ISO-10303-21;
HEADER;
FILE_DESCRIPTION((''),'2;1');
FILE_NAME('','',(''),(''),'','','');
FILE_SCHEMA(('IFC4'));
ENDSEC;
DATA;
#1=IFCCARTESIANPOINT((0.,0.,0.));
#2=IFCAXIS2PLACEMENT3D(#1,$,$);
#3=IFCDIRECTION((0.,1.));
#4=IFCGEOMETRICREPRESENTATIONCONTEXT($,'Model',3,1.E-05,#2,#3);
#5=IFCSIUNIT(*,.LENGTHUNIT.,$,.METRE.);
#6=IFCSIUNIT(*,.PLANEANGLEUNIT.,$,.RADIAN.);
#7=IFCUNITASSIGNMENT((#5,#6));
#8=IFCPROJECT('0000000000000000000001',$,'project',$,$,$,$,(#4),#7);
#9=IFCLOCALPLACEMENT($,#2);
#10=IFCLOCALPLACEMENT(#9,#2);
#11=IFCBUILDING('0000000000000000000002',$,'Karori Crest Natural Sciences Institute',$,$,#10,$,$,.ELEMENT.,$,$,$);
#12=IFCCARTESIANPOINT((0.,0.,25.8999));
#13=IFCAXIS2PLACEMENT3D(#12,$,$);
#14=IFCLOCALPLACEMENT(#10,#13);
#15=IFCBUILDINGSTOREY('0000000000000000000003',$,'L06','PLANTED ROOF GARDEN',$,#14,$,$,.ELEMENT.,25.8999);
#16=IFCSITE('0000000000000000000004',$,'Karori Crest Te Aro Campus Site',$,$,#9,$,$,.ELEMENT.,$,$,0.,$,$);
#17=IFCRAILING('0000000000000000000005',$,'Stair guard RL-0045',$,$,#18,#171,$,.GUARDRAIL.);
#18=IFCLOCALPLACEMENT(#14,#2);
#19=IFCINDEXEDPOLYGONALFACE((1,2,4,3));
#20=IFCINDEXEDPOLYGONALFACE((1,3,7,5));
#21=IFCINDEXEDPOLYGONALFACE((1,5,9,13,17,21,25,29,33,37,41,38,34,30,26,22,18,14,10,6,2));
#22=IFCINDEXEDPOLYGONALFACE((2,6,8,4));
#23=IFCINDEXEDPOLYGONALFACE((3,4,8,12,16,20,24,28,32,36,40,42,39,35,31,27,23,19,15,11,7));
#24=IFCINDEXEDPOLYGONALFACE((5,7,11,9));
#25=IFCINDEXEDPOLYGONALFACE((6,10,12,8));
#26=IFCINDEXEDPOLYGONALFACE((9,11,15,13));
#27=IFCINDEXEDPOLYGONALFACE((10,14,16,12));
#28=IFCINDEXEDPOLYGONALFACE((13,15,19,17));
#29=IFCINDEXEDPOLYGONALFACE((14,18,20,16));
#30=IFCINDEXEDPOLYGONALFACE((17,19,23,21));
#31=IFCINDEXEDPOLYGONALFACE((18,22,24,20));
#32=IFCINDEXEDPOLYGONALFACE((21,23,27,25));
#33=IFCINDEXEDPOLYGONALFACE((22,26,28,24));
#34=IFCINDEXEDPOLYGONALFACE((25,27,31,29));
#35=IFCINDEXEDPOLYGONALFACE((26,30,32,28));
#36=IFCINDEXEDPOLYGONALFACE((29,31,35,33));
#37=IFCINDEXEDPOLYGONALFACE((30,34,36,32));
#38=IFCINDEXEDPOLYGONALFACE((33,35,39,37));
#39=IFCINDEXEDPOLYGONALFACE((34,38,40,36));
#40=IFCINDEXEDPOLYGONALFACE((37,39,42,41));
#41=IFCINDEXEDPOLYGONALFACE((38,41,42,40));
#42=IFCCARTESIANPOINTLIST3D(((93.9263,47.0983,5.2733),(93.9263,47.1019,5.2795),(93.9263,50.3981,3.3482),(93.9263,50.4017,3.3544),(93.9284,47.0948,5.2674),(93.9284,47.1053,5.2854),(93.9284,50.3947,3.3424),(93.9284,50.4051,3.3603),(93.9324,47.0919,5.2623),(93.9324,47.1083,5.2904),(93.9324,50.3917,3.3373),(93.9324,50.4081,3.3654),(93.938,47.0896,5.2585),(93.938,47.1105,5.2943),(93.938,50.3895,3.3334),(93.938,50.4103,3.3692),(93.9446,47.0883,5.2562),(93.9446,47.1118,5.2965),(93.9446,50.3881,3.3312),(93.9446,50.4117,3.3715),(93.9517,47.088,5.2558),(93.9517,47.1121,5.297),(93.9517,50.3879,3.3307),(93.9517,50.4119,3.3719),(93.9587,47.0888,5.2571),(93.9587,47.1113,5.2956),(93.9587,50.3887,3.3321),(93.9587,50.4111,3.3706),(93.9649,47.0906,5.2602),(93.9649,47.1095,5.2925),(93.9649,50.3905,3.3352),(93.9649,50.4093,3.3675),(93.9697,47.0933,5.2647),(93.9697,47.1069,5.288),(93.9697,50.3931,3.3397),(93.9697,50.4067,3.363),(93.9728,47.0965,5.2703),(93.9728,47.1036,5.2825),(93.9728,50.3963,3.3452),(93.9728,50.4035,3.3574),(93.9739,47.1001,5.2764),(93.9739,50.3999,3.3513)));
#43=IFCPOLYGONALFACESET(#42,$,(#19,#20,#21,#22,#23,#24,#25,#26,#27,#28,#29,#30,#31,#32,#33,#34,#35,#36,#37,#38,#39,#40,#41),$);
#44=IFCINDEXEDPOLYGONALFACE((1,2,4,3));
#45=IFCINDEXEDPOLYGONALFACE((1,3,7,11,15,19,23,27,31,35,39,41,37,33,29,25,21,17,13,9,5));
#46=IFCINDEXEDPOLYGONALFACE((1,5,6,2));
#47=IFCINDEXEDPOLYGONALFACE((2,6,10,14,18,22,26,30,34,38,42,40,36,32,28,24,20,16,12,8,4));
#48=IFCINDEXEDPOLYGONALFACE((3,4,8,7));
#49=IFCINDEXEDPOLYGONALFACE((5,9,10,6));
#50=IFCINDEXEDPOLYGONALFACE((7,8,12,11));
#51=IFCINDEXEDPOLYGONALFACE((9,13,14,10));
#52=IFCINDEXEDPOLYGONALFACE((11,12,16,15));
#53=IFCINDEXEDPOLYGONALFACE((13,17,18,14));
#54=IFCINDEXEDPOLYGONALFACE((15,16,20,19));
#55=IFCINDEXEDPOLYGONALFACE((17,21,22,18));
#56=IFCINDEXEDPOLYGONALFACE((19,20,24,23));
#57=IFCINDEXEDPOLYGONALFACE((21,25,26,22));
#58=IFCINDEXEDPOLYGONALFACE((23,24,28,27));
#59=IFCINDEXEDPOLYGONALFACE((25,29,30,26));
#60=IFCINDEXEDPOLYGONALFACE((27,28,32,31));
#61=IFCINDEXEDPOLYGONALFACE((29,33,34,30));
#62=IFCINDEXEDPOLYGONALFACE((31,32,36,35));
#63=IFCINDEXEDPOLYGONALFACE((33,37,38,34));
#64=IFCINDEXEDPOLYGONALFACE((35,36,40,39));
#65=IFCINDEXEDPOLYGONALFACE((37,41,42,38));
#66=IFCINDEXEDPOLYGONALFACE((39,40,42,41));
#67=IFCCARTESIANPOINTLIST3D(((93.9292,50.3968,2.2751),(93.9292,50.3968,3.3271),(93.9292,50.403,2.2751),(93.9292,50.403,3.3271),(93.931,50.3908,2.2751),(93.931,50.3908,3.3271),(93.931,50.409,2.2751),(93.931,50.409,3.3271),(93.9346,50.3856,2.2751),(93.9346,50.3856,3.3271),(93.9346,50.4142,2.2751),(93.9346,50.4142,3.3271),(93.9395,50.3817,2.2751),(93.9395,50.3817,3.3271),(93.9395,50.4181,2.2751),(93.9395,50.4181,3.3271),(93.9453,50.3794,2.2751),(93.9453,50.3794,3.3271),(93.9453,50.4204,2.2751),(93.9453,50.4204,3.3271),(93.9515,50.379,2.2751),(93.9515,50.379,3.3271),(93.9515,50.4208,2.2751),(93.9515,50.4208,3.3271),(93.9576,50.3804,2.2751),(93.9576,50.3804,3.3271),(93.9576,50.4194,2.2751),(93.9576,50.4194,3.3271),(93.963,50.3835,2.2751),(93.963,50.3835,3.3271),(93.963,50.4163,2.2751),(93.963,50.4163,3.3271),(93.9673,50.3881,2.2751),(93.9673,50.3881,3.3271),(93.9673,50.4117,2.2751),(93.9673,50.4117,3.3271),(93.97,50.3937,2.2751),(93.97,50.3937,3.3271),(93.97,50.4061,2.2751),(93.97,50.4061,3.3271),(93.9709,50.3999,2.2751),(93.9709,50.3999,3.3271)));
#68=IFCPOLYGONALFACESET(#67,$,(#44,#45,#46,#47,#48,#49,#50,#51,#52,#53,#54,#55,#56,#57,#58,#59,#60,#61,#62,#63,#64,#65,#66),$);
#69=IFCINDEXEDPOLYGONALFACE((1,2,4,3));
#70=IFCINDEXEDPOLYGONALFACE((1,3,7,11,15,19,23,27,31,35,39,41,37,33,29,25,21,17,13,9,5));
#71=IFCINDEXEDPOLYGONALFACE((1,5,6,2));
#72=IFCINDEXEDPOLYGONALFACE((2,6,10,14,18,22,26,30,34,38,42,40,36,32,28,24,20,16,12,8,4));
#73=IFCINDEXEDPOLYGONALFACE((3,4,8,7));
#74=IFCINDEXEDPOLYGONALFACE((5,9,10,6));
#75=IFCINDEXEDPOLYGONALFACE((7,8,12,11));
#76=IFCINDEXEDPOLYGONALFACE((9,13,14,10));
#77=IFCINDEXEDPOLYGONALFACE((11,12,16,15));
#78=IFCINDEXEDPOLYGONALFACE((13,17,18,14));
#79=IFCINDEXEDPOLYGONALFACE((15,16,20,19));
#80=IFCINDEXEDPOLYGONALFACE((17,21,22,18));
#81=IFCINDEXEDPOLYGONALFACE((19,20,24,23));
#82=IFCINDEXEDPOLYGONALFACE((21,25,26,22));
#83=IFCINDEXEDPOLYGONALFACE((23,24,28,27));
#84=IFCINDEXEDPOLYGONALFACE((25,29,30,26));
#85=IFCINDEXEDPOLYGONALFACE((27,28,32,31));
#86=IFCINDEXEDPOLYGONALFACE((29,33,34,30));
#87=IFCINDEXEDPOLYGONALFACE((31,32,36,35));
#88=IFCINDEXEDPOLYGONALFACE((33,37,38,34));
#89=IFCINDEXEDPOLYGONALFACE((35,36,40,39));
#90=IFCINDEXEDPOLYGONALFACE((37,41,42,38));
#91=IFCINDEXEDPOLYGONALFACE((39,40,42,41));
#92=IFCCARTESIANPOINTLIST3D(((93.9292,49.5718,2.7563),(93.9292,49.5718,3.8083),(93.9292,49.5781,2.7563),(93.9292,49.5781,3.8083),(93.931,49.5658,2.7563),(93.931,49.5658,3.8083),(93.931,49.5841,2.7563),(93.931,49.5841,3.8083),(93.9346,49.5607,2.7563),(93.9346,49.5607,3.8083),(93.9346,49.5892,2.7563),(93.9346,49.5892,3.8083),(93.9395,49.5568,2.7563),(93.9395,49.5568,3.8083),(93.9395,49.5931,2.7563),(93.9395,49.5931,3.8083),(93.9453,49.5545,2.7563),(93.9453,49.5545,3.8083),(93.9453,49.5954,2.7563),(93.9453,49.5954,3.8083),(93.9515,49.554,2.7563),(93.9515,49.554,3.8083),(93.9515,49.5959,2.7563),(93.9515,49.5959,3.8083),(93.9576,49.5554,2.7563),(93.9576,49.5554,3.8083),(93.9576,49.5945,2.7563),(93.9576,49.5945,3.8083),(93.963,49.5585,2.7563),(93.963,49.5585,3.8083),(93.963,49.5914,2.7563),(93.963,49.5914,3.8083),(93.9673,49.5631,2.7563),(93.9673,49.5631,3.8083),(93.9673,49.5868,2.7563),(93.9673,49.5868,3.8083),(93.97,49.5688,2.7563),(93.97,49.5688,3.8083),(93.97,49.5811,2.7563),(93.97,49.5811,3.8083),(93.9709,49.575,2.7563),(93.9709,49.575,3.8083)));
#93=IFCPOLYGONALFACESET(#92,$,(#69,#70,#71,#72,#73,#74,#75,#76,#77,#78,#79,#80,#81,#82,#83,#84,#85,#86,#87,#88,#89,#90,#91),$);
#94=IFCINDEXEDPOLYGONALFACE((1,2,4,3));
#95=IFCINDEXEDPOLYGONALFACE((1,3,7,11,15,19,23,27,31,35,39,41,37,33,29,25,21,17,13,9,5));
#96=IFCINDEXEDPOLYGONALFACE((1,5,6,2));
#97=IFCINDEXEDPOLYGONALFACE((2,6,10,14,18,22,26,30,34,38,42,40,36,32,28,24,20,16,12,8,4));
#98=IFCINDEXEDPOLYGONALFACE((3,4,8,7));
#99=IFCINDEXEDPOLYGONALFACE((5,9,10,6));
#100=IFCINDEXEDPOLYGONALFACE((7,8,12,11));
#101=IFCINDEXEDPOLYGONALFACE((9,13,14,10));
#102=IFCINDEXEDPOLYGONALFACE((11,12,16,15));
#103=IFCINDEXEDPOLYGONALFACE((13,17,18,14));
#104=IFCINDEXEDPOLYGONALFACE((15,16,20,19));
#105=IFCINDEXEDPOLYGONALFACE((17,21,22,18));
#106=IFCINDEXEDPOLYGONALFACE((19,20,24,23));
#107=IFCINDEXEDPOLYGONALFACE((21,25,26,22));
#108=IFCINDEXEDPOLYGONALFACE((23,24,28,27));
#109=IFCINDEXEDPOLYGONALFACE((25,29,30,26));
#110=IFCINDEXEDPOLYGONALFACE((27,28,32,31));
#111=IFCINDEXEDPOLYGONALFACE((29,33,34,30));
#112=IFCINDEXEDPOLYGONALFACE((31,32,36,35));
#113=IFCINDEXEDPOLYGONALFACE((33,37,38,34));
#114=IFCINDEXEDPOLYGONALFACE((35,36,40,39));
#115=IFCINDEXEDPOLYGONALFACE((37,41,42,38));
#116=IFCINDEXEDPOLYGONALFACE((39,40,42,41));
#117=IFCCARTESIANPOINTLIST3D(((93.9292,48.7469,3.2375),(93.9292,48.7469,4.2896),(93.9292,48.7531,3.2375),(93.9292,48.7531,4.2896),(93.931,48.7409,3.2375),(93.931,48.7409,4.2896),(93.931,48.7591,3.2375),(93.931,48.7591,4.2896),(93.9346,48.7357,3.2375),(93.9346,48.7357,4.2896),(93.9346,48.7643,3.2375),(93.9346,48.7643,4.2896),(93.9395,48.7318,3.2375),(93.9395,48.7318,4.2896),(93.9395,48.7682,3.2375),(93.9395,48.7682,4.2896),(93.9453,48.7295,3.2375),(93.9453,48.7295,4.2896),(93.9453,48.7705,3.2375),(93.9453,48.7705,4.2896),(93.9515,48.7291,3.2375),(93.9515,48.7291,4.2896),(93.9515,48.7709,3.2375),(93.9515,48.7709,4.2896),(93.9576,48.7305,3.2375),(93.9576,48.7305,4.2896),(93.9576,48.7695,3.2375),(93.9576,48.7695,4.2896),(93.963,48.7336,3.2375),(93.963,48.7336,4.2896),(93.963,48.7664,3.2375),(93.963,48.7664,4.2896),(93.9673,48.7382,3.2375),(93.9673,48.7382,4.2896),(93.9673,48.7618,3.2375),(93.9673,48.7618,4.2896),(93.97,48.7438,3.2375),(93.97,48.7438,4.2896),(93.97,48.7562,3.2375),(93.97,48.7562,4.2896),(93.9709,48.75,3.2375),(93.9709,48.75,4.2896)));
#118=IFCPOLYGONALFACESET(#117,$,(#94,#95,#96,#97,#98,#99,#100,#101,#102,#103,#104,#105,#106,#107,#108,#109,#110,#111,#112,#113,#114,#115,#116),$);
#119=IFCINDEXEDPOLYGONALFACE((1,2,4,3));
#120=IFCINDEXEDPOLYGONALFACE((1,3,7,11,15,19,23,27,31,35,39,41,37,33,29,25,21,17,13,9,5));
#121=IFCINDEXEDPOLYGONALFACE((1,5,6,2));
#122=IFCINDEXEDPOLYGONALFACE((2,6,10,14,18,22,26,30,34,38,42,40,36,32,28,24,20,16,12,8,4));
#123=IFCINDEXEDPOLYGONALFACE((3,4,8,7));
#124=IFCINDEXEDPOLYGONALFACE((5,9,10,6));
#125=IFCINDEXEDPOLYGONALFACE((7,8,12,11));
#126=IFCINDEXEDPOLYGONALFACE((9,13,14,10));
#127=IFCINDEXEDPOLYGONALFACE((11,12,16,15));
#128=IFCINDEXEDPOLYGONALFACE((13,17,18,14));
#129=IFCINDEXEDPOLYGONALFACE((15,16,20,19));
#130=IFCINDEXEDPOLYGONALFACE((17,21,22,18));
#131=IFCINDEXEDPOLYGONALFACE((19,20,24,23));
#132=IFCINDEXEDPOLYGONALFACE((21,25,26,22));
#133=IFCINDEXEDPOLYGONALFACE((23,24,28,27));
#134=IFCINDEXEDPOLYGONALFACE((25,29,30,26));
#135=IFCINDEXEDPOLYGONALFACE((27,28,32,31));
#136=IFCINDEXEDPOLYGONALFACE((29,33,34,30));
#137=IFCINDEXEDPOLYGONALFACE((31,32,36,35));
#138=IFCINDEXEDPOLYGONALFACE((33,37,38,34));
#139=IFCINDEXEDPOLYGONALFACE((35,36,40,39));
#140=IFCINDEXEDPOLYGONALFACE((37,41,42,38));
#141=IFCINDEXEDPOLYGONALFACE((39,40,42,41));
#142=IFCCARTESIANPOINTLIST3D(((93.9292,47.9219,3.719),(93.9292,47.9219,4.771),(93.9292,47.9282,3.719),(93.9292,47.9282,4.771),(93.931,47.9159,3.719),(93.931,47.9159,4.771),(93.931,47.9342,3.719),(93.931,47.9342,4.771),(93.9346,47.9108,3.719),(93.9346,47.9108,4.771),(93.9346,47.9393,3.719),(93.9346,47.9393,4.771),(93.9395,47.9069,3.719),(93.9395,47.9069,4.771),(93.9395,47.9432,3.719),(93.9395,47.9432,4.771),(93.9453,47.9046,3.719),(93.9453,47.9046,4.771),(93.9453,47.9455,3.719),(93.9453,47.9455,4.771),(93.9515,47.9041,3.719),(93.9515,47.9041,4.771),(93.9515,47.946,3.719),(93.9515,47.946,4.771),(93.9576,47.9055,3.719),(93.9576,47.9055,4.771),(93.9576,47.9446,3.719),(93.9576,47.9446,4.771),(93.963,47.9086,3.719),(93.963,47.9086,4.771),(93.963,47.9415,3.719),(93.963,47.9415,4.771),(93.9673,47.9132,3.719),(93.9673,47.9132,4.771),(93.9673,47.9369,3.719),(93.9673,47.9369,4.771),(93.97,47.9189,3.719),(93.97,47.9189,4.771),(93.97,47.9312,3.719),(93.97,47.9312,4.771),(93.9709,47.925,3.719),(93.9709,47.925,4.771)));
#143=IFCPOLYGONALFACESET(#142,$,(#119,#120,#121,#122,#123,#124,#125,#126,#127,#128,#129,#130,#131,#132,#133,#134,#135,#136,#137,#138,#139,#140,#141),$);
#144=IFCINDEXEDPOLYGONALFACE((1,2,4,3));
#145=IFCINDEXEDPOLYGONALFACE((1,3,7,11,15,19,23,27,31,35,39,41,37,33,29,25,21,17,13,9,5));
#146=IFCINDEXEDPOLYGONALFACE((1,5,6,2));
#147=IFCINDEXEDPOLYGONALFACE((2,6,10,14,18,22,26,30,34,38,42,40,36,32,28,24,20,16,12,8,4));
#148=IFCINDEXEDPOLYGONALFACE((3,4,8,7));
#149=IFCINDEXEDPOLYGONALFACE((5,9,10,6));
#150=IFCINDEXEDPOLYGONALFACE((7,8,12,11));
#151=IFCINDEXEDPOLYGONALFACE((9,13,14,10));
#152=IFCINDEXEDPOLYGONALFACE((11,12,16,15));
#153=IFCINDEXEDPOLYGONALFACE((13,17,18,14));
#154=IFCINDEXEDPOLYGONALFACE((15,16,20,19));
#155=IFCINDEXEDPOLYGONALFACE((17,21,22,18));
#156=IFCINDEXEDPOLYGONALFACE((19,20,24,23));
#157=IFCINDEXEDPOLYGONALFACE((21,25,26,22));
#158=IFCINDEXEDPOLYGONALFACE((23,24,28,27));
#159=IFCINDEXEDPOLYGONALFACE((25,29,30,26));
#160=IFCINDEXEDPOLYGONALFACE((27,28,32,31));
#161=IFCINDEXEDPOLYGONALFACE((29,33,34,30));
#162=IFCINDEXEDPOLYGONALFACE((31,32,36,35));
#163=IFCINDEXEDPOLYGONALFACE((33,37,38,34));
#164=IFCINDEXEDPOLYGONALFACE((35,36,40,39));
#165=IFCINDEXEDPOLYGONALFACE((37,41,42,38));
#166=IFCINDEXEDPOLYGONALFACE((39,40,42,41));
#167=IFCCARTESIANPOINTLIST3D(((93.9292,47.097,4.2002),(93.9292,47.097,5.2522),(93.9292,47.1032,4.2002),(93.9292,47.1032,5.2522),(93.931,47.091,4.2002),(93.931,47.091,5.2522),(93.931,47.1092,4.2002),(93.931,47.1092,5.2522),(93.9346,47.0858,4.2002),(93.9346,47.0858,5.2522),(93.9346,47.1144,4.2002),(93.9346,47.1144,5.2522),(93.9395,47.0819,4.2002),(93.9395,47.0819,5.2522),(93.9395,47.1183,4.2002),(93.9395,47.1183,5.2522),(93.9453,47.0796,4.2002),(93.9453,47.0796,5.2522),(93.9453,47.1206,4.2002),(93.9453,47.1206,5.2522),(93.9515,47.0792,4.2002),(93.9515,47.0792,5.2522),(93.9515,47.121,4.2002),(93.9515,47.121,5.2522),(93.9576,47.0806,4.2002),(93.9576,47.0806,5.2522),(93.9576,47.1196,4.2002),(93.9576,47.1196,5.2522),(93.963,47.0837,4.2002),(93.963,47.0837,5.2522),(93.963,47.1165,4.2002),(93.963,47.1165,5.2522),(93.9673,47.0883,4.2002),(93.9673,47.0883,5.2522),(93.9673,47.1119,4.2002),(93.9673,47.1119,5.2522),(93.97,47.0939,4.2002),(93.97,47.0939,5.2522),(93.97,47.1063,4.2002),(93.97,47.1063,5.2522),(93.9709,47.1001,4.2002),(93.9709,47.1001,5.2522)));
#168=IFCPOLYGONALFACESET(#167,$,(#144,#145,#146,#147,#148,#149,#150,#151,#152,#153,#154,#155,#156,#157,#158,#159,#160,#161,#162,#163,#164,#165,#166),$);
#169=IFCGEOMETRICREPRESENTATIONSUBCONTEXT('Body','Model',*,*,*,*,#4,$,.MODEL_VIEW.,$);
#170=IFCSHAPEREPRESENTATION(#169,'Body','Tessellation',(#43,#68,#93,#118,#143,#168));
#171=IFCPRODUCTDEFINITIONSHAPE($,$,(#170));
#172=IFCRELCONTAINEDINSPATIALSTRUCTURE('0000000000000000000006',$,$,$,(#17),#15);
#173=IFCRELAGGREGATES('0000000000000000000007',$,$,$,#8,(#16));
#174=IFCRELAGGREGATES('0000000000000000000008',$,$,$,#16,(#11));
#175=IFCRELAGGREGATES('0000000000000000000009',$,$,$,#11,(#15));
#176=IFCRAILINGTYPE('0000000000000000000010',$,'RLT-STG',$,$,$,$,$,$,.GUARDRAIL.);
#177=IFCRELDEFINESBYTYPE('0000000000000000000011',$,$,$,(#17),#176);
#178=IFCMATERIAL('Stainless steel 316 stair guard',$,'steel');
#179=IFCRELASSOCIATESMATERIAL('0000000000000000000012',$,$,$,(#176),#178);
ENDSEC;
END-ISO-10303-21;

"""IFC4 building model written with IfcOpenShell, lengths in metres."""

from ifc_helpers import new_model, si_unit, direction, frame, origin, origin_2d, place, context, subcontext, project, spatial, circle, extrude, material, type_object, element, save


model = new_model("IFC4")

# Units and contexts
model_context = context("Model", 3, precision=1e-05, world=origin(), true_north=direction((0.0, 1.0)))
body_context = subcontext(model_context, "Body", "Model", "MODEL_VIEW")
ifc_project = project(units=[si_unit("LENGTHUNIT", "METRE"), si_unit("PLANEANGLEUNIT", "RADIAN")], contexts=[model_context])

# Site, building, storey
site_placement = place(None, origin())
site = spatial("IfcSite", under=ifc_project, at=site_placement, Name="Karori Crest Te Aro Campus Site", CompositionType="ELEMENT", RefElevation=0.0)
building_placement = place(site_placement, origin())
building = spatial("IfcBuilding", under=site, at=building_placement, Name="Karori Crest Natural Sciences Institute", CompositionType="ELEMENT")
storey_placement = place(building_placement, frame((0.0, 0.0, 25.8999)))
storey = spatial("IfcBuildingStorey", under=building, at=storey_placement, Name="L06", Description="PLANTED ROOF GARDEN", CompositionType="ELEMENT", Elevation=25.8999)

# Railing
ifc_material_1 = material(Name="Stainless steel 316 stair guard", Category="steel")
railing_type_1 = type_object("IfcRailingType", Name="RLT-STG", PredefinedType="GUARDRAIL", material=ifc_material_1)
railing_1_placement = place(storey_placement, frame((93.95, 50.3999, 2.2751)))
element("IfcRailing", 1, at=railing_1_placement, inside=storey, type_object=railing_type_1, Name="Stair guard RL-0045", PredefinedType="GUARDRAIL", context=body_context, shape_type="SweptSolid", body=[
    extrude(circle(Radius=0.0239, at=origin_2d()), frame((0.0, 0.0, 1.0762), z_axis=(0.0, -0.86376, 0.503903), x_axis=(1.0, 0.0, 0.0)), (0.0, 0.0, 1.0), 3.8203),
    extrude(circle(Radius=0.021, at=origin_2d()), origin(), (0.0, 0.0, 1.0), 1.052),
    extrude(circle(Radius=0.021, at=origin_2d()), frame((0.0, -0.825, 0.4812)), (0.0, 0.0, 1.0), 1.052),
    extrude(circle(Radius=0.021, at=origin_2d()), frame((0.0, -1.6499, 0.9624)), (0.0, 0.0, 1.0), 1.052),
    extrude(circle(Radius=0.021, at=origin_2d()), frame((0.0, -2.4749, 1.4438)), (0.0, 0.0, 1.0), 1.052),
    extrude(circle(Radius=0.021, at=origin_2d()), frame((0.0, -3.2998, 1.925)), (0.0, 0.0, 1.0), 1.052),
])

save(model, "model.ifc")
